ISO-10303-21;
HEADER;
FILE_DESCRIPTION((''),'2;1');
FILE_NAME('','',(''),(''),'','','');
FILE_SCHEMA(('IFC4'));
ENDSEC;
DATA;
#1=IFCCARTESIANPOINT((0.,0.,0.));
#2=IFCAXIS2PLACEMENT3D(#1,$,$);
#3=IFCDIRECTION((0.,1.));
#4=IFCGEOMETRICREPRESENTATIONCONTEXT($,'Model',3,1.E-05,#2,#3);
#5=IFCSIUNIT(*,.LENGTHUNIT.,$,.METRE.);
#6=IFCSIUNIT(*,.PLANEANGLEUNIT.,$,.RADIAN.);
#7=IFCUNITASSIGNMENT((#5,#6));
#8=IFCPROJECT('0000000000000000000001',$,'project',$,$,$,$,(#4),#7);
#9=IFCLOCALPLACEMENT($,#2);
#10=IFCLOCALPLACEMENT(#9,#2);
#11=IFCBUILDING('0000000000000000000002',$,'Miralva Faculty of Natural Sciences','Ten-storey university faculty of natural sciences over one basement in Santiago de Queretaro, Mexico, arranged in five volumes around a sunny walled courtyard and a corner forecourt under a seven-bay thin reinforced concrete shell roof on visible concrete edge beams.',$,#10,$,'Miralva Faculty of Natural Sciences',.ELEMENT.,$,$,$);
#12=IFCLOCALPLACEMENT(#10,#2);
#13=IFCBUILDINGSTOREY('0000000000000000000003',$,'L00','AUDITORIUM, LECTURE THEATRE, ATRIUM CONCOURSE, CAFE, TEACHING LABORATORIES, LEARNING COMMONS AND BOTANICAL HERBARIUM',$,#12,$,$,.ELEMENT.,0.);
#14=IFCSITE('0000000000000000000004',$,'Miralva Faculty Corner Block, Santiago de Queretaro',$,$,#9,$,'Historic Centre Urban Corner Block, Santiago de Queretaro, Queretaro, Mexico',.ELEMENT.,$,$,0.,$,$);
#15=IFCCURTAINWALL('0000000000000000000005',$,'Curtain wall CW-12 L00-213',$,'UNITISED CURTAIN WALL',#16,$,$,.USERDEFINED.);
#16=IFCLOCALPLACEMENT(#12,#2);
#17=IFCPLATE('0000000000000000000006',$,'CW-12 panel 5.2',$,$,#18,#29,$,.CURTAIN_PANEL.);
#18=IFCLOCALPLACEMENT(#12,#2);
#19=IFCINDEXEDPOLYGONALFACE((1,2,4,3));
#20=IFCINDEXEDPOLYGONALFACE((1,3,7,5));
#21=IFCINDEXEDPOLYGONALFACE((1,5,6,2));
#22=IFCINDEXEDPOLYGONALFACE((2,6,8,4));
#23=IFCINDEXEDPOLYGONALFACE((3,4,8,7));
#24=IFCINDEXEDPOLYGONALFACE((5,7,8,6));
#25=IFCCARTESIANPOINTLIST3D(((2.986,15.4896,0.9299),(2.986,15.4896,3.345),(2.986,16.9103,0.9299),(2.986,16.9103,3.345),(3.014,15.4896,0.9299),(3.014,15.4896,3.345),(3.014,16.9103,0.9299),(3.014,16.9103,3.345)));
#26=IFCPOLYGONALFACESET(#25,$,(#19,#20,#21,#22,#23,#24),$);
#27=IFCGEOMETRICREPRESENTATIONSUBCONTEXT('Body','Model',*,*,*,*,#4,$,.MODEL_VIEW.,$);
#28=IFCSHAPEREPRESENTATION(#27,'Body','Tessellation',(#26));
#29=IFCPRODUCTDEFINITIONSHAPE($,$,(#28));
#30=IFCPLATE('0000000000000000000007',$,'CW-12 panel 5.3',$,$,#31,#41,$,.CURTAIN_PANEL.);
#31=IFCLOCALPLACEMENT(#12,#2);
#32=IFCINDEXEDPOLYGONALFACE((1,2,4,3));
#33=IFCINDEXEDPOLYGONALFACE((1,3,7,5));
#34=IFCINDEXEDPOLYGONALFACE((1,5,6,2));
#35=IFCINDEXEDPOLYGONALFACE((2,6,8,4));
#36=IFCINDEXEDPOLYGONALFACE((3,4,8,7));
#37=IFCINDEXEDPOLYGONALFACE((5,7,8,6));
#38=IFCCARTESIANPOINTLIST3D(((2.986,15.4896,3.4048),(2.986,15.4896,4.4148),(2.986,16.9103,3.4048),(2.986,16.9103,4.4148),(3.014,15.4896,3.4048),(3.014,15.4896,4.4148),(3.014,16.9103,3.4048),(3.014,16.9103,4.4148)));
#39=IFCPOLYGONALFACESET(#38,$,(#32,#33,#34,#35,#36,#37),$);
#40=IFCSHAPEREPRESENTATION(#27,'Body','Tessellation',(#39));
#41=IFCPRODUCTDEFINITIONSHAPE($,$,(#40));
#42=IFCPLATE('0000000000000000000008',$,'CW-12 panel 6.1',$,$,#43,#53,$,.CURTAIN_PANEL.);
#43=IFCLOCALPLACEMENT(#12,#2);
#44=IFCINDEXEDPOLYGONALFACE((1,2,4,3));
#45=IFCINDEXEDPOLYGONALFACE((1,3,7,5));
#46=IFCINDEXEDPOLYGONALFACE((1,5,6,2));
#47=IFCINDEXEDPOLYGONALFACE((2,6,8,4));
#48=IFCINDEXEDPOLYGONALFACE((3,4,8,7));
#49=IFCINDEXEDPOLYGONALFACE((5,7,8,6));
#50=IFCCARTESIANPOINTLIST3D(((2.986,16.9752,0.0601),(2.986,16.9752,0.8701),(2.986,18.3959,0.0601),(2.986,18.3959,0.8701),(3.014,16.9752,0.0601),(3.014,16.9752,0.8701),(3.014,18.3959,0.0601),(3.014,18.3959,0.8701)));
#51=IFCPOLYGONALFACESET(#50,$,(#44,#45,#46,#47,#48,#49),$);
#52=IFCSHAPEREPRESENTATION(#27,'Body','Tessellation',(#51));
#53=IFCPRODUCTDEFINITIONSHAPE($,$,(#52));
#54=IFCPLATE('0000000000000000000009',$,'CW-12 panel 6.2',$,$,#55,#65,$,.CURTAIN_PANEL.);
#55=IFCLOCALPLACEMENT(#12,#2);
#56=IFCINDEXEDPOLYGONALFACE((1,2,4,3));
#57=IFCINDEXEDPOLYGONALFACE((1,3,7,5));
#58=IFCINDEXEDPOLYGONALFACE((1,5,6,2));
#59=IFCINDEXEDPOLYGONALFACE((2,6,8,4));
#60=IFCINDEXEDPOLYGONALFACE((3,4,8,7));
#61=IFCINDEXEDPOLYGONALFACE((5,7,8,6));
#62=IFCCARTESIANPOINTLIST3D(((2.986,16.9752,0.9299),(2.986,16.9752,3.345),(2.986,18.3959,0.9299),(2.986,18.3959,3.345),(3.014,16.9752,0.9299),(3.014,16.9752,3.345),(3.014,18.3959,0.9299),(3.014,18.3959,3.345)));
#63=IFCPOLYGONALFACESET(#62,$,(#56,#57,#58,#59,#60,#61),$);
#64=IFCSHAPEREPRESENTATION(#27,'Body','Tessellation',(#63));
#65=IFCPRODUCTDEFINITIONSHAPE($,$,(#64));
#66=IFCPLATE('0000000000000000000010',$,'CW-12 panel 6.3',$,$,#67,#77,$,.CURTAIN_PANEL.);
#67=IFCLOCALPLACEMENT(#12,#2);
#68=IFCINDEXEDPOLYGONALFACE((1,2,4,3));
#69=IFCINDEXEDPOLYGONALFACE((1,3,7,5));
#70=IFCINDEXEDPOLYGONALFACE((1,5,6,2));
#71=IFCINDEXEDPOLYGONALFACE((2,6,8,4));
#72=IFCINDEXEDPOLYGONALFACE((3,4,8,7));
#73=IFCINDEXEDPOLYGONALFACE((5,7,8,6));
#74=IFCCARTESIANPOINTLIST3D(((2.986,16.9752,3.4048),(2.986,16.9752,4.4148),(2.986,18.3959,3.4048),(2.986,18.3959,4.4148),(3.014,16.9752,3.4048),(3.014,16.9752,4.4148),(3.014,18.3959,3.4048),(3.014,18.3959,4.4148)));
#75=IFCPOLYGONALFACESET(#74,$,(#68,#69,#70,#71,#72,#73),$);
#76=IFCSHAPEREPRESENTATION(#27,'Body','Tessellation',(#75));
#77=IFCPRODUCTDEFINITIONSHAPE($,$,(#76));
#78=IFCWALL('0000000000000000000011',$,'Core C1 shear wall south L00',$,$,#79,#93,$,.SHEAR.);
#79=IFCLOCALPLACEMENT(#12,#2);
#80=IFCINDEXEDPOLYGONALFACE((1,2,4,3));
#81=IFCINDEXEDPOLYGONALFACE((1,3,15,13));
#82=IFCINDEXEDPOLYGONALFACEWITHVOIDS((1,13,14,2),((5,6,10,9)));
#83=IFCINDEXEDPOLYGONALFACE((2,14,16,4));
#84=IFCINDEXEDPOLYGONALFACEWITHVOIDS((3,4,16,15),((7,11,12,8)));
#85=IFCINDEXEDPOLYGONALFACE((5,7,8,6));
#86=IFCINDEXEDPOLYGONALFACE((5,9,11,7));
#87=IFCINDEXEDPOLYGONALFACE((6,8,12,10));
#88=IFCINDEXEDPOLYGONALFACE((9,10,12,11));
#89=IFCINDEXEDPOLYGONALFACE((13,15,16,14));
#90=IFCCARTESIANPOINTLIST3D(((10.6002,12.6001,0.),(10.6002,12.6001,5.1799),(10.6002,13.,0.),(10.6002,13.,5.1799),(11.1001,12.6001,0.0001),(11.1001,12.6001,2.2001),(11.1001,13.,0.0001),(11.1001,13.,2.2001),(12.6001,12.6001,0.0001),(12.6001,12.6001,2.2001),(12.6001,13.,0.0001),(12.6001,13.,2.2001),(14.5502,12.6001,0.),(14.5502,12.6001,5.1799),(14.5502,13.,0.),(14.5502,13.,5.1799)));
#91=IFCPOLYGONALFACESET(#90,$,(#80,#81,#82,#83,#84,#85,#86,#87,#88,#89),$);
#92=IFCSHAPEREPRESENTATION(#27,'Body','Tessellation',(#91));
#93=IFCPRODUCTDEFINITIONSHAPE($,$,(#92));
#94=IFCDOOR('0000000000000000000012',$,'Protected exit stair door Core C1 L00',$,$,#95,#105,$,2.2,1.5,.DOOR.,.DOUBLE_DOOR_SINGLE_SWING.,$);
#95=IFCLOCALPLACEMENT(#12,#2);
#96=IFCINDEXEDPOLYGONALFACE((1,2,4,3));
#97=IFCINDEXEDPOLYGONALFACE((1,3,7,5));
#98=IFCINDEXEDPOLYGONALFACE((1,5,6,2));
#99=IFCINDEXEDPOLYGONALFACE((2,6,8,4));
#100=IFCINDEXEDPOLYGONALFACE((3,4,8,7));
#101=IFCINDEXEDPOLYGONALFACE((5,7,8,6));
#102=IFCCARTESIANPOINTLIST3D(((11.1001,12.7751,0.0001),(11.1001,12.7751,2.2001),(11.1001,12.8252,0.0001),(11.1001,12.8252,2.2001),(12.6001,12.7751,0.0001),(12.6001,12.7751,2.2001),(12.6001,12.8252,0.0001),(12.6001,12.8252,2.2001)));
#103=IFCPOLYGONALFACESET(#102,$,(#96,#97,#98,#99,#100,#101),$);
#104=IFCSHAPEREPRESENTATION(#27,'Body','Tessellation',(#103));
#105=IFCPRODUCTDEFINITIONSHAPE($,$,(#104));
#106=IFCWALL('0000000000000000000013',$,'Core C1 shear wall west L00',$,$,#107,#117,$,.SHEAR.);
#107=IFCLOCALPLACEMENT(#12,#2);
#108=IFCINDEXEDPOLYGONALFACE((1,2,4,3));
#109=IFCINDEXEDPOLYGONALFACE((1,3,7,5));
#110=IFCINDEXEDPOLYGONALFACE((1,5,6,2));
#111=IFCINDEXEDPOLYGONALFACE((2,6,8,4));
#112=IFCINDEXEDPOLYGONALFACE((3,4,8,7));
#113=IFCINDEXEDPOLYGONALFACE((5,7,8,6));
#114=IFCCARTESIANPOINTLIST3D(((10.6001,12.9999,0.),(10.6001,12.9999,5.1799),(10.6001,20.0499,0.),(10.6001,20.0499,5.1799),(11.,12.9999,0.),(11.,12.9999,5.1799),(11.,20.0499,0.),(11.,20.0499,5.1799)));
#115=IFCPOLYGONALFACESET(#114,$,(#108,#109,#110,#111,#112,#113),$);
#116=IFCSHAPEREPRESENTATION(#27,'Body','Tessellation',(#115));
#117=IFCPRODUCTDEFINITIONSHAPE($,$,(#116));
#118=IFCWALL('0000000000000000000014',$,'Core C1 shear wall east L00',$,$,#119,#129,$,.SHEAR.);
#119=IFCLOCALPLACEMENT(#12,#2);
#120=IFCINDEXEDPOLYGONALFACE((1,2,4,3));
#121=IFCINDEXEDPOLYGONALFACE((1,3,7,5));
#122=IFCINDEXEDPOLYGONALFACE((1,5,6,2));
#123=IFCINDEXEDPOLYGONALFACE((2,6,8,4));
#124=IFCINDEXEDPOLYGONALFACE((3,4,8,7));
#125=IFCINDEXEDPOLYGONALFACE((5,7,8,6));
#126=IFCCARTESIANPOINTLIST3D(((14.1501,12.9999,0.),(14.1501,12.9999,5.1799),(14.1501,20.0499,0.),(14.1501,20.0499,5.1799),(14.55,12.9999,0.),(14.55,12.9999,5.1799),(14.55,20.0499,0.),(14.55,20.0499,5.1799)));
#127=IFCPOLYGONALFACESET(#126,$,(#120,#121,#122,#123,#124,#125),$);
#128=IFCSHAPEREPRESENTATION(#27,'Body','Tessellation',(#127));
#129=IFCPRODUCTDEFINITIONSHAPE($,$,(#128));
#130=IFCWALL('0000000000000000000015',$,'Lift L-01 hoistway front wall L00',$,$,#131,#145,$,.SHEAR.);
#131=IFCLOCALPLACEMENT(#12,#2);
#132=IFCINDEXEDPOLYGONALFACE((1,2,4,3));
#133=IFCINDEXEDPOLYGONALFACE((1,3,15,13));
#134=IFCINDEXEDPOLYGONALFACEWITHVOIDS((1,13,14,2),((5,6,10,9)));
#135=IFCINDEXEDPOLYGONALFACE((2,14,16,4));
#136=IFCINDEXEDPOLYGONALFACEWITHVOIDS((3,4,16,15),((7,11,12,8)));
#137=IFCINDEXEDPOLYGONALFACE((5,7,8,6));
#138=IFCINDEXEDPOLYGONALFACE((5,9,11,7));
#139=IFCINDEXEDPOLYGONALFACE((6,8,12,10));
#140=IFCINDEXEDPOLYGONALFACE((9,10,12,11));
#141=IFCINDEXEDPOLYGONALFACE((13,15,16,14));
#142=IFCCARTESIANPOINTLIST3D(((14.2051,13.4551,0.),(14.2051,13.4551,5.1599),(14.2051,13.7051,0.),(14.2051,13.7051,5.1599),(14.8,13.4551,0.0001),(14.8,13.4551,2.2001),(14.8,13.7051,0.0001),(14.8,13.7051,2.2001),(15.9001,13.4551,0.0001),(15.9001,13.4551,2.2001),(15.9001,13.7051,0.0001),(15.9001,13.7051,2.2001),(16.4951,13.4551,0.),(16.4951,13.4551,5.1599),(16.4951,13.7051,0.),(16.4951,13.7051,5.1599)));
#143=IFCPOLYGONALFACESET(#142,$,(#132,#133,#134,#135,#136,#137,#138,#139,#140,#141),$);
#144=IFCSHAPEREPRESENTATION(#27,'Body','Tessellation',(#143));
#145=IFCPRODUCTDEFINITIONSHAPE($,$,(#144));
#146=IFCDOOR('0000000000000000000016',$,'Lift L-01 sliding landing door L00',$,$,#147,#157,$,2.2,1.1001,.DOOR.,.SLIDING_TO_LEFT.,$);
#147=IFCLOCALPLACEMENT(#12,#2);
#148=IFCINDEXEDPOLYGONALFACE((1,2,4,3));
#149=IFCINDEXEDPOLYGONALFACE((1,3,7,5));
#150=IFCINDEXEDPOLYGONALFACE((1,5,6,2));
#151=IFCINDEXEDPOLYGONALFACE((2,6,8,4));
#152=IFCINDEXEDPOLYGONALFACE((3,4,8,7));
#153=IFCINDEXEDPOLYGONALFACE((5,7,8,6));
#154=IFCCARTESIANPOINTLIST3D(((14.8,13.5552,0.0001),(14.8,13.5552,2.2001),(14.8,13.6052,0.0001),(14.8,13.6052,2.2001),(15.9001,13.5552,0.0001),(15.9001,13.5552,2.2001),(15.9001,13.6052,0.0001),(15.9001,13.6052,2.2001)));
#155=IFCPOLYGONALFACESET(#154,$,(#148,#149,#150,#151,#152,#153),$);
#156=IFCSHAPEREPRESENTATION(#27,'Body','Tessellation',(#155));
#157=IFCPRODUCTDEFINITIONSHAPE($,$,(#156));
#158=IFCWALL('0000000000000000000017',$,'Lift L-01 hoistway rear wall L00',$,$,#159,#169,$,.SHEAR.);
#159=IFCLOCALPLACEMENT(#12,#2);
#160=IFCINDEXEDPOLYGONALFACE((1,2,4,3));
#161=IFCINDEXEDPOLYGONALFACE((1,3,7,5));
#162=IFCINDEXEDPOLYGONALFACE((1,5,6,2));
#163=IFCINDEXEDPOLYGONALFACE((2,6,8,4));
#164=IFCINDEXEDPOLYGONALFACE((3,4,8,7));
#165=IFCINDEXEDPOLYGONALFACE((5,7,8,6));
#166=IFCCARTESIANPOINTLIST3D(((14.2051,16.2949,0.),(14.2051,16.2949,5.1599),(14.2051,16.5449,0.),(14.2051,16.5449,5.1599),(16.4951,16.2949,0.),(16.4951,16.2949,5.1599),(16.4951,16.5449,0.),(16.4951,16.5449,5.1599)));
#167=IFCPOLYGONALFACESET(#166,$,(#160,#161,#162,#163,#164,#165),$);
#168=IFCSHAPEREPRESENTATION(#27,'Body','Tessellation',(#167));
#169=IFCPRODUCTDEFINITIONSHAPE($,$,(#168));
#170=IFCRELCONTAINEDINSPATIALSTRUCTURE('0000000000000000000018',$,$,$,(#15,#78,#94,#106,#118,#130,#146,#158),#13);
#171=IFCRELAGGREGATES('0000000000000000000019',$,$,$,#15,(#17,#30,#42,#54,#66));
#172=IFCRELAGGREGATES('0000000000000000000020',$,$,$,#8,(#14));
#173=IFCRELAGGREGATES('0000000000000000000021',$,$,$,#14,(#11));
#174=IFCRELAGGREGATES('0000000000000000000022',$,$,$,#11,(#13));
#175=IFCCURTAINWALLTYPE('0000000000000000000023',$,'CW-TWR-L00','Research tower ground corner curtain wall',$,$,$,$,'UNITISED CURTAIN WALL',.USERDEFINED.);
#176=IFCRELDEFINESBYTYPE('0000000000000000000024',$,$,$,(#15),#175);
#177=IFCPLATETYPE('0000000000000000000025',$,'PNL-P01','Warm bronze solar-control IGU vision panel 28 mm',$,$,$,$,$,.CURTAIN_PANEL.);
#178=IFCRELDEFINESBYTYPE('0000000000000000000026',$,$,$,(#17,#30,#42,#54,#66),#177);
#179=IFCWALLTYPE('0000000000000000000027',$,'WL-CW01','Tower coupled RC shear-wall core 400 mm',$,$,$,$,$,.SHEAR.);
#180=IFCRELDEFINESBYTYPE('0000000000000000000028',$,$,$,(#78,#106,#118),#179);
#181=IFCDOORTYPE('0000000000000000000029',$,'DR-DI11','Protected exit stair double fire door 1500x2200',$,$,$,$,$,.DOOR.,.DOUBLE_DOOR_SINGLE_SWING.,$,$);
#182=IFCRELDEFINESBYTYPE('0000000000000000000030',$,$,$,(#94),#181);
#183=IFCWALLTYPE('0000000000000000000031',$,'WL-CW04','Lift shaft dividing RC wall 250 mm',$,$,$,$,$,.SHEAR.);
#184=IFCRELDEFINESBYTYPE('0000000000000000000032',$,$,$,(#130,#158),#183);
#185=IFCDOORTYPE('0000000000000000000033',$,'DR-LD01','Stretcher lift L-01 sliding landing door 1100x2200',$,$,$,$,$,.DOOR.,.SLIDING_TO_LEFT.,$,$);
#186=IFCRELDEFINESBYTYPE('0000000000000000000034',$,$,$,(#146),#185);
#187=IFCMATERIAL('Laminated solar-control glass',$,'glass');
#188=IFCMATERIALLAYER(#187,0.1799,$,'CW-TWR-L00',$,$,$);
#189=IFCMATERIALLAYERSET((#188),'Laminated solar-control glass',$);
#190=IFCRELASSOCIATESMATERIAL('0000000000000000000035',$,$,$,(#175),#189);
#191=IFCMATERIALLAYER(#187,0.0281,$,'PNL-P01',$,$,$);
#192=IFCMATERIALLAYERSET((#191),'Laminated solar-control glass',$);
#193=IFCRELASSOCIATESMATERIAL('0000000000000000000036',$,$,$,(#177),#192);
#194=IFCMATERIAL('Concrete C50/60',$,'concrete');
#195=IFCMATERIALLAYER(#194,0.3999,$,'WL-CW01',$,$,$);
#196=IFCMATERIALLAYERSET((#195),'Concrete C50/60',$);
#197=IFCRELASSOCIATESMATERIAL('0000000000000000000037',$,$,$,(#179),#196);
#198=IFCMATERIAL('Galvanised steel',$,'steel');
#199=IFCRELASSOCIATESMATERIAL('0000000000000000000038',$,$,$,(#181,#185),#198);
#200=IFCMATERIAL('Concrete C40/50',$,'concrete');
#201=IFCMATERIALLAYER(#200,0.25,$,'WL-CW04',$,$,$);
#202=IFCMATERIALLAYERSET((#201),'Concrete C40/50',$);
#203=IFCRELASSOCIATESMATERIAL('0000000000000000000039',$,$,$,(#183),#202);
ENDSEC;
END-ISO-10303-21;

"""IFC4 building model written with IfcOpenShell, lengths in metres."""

from ifc_helpers import new_model, si_unit, direction, frame, frame_2d, origin, origin_2d, place, context, subcontext, project, spatial, rectangle, extrude, material, layer, layer_set, type_object, element, fill, aggregate, save


model = new_model("IFC4")

# Units and contexts
model_context = context("Model", 3, precision=1e-05, world=origin(), true_north=direction((0.0, 1.0)))
body_context = subcontext(model_context, "Body", "Model", "MODEL_VIEW")
ifc_project = project(units=[si_unit("LENGTHUNIT", "METRE"), si_unit("PLANEANGLEUNIT", "RADIAN")], contexts=[model_context])

# Site, building, storey
site_placement = place(None, origin())
site = spatial("IfcSite", under=ifc_project, at=site_placement, Name="Miralva Faculty Corner Block, Santiago de Queretaro", LongName="Historic Centre Urban Corner Block, Santiago de Queretaro, Queretaro, Mexico", CompositionType="ELEMENT", RefElevation=0.0)
building_placement = place(site_placement, origin())
building = spatial("IfcBuilding", under=site, at=building_placement, Name="Miralva Faculty of Natural Sciences", Description="Ten-storey university faculty of natural sciences over one basement in Santiago de Queretaro, Mexico, arranged in five volumes around a sunny walled courtyard and a corner forecourt under a seven-bay thin reinforced concrete shell roof on visible concrete edge beams.", LongName="Miralva Faculty of Natural Sciences", CompositionType="ELEMENT")
storey_placement = place(building_placement, origin())
storey = spatial("IfcBuildingStorey", under=building, at=storey_placement, Name="L00", Description="AUDITORIUM, LECTURE THEATRE, ATRIUM CONCOURSE, CAFE, TEACHING LABORATORIES, LEARNING COMMONS AND BOTANICAL HERBARIUM", CompositionType="ELEMENT", Elevation=0.0)

# Curtain wall, plates
ifc_material_1 = material(Name="Laminated solar-control glass", Category="glass")
ifc_layer_1 = layer(ifc_material_1, 0.1799, Name="CW-TWR-L00")
ifc_layer_set_1 = layer_set([ifc_layer_1], Name="Laminated solar-control glass")
curtain_wall_type = type_object("IfcCurtainWallType", Name="CW-TWR-L00", Description="Research tower ground corner curtain wall", ElementType="UNITISED CURTAIN WALL", PredefinedType="USERDEFINED", material=ifc_layer_set_1)
curtain_wall_placement = place(storey_placement, origin())
curtain_wall = element("IfcCurtainWall", 1, at=curtain_wall_placement, inside=storey, type_object=curtain_wall_type, Name="Curtain wall CW-12 L00-213", ObjectType="UNITISED CURTAIN WALL", PredefinedType="USERDEFINED")
ifc_layer_2 = layer(ifc_material_1, 0.0281, Name="PNL-P01")
ifc_layer_set_2 = layer_set([ifc_layer_2], Name="Laminated solar-control glass")
plate_type = type_object("IfcPlateType", Name="PNL-P01", Description="Warm bronze solar-control IGU vision panel 28 mm", PredefinedType="CURTAIN_PANEL", material=ifc_layer_set_2)
plate_1_placement = place(storey_placement, frame((3.0, 16.2, 0.9299), z_axis=(0.0, 0.0, 1.0), x_axis=(0.0, 1.0, 0.0)))
plate_1 = element("IfcPlate", 2, at=plate_1_placement, type_object=plate_type, Name="CW-12 panel 5.2", PredefinedType="CURTAIN_PANEL", context=body_context, shape_type="SweptSolid", body=[
    extrude(rectangle(XDim=1.4207, YDim=0.0281, at=origin_2d()), origin(), (0.0, 0.0, 1.0), 2.415),
])
plate_2_placement = place(storey_placement, frame((3.0, 16.2, 3.4048), z_axis=(0.0, 0.0, 1.0), x_axis=(0.0, 1.0, 0.0)))
plate_2 = element("IfcPlate", 3, at=plate_2_placement, type_object=plate_type, Name="CW-12 panel 5.3", PredefinedType="CURTAIN_PANEL", context=body_context, shape_type="SweptSolid", body=[
    extrude(rectangle(XDim=1.4207, YDim=0.0281, at=origin_2d()), origin(), (0.0, 0.0, 1.0), 1.01),
])
plate_3_placement = place(storey_placement, frame((3.0, 17.6855, 0.0601), z_axis=(0.0, 0.0, 1.0), x_axis=(0.0, 1.0, 0.0)))
plate_3 = element("IfcPlate", 4, at=plate_3_placement, type_object=plate_type, Name="CW-12 panel 6.1", PredefinedType="CURTAIN_PANEL", context=body_context, shape_type="SweptSolid", body=[
    extrude(rectangle(XDim=1.4207, YDim=0.0281, at=origin_2d()), origin(), (0.0, 0.0, 1.0), 0.8101),
])
plate_4_placement = place(storey_placement, frame((3.0, 17.6855, 0.9299), z_axis=(0.0, 0.0, 1.0), x_axis=(0.0, 1.0, 0.0)))
plate_4 = element("IfcPlate", 5, at=plate_4_placement, type_object=plate_type, Name="CW-12 panel 6.2", PredefinedType="CURTAIN_PANEL", context=body_context, shape_type="SweptSolid", body=[
    extrude(rectangle(XDim=1.4207, YDim=0.0281, at=origin_2d()), origin(), (0.0, 0.0, 1.0), 2.415),
])
plate_5_placement = place(storey_placement, frame((3.0, 17.6855, 3.4048), z_axis=(0.0, 0.0, 1.0), x_axis=(0.0, 1.0, 0.0)))
plate_5 = element("IfcPlate", 6, at=plate_5_placement, type_object=plate_type, Name="CW-12 panel 6.3", PredefinedType="CURTAIN_PANEL", context=body_context, shape_type="SweptSolid", body=[
    extrude(rectangle(XDim=1.4207, YDim=0.0281, at=origin_2d()), origin(), (0.0, 0.0, 1.0), 1.01),
])
aggregate(curtain_wall, [plate_1, plate_2, plate_3, plate_4, plate_5])

# Wall, opening, door
ifc_material_2 = material(Name="Concrete C50/60", Category="concrete")
ifc_layer_3 = layer(ifc_material_2, 0.3999, Name="WL-CW01")
ifc_layer_set_3 = layer_set([ifc_layer_3], Name="Concrete C50/60")
wall_type_1 = type_object("IfcWallType", Name="WL-CW01", Description="Tower coupled RC shear-wall core 400 mm", PredefinedType="SHEAR", material=ifc_layer_set_3)
wall_1_placement = place(storey_placement, frame((10.6001, 12.8, 0.0), z_axis=(0.0, 0.0, 1.0), x_axis=(1.0, 0.0, 0.0)))
wall_1 = element("IfcWall", 7, at=wall_1_placement, inside=storey, type_object=wall_type_1, Name="Core C1 shear wall south L00", PredefinedType="SHEAR", context=body_context, shape_type="SweptSolid", body=[
    extrude(rectangle(XDim=3.95, YDim=0.3999, at=frame_2d((1.9751, 0.0))), origin(), (0.0, 0.0, 1.0), 5.1799),
])
opening_1_placement = place(wall_1_placement, frame((0.5, 0.0, 0.0)))
opening_1 = element("IfcOpeningElement", 8, at=opening_1_placement, cuts=wall_1, PredefinedType="OPENING", context=body_context, shape_type="SweptSolid", body=[
    extrude(rectangle(XDim=1.5, YDim=2.2, at=frame_2d((0.75, 1.1001))), frame((0.0, 0.21, 0.0), z_axis=(0.0, -1.0, 0.0), x_axis=(1.0, 0.0, 0.0)), (0.0, 0.0, 1.0), 0.4199),
])
ifc_material_3 = material(Name="Galvanised steel", Category="steel")
door_type_1 = type_object("IfcDoorType", Name="DR-DI11", Description="Protected exit stair double fire door 1500x2200", OperationType="DOUBLE_DOOR_SINGLE_SWING", PredefinedType="DOOR", material=ifc_material_3)
door_1_placement = place(opening_1_placement, frame((1.5, 0.0, 0.0), z_axis=(0.0, 0.0, 1.0), x_axis=(-1.0, 0.0, 0.0)))
door_1 = element("IfcDoor", 9, at=door_1_placement, inside=storey, type_object=door_type_1, Name="Protected exit stair door Core C1 L00", OperationType="DOUBLE_DOOR_SINGLE_SWING", OverallHeight=2.2, OverallWidth=1.5, PredefinedType="DOOR", context=body_context, shape_type="SweptSolid", body=[
    extrude(rectangle(XDim=1.5, YDim=2.2, at=frame_2d((0.75, 1.1001))), frame((0.0, 0.0249, 0.0), z_axis=(0.0, -1.0, 0.0), x_axis=(1.0, 0.0, 0.0)), (0.0, 0.0, 1.0), 0.05),
])
fill(opening_1, door_1)

# Walls
for number, where, z_axis, x_axis, name in (
    (10, (10.8, 13.0, 0.0), (0.0, 0.0, 1.0), (0.0, 1.0, 0.0), "Core C1 shear wall west L00"),
    (11, (14.3501, 13.0, 0.0), (0.0, 0.0, 1.0), (0.0, 1.0, 0.0), "Core C1 shear wall east L00"),
):
    element("IfcWall", number, at=place(storey_placement, frame(where, z_axis=z_axis, x_axis=x_axis)), inside=storey, type_object=wall_type_1, Name=name, PredefinedType="SHEAR", context=body_context, shape_type="SweptSolid", body=[
        extrude(rectangle(XDim=7.05, YDim=0.3999, at=frame_2d((3.5249, 0.0))), origin(), (0.0, 0.0, 1.0), 5.1799),
    ])

# Wall, opening, door
ifc_material_4 = material(Name="Concrete C40/50", Category="concrete")
ifc_layer_4 = layer(ifc_material_4, 0.25, Name="WL-CW04")
ifc_layer_set_4 = layer_set([ifc_layer_4], Name="Concrete C40/50")
wall_type_2 = type_object("IfcWallType", Name="WL-CW04", Description="Lift shaft dividing RC wall 250 mm", PredefinedType="SHEAR", material=ifc_layer_set_4)
wall_2_placement = place(storey_placement, frame((14.2051, 13.5801, 0.0), z_axis=(0.0, 0.0, 1.0), x_axis=(1.0, 0.0, 0.0)))
wall_2 = element("IfcWall", 12, at=wall_2_placement, inside=storey, type_object=wall_type_2, Name="Lift L-01 hoistway front wall L00", PredefinedType="SHEAR", context=body_context, shape_type="SweptSolid", body=[
    extrude(rectangle(XDim=2.29, YDim=0.25, at=frame_2d((1.145, 0.0))), origin(), (0.0, 0.0, 1.0), 5.1599),
])
opening_2_placement = place(wall_2_placement, frame((0.595, 0.0, 0.0)))
opening_2 = element("IfcOpeningElement", 13, at=opening_2_placement, cuts=wall_2, PredefinedType="OPENING", context=body_context, shape_type="SweptSolid", body=[
    extrude(rectangle(XDim=1.1001, YDim=2.2, at=frame_2d((0.55, 1.1001))), frame((0.0, 0.135, 0.0), z_axis=(0.0, -1.0, 0.0), x_axis=(1.0, 0.0, 0.0)), (0.0, 0.0, 1.0), 0.27),
])
door_type_2 = type_object("IfcDoorType", Name="DR-LD01", Description="Stretcher lift L-01 sliding landing door 1100x2200", OperationType="SLIDING_TO_LEFT", PredefinedType="DOOR", material=ifc_material_3)
door_2_placement = place(opening_2_placement, frame((1.1001, 0.0, 0.0), z_axis=(0.0, 0.0, 1.0), x_axis=(-1.0, 0.0, 0.0)))
door_2 = element("IfcDoor", 14, at=door_2_placement, inside=storey, type_object=door_type_2, Name="Lift L-01 sliding landing door L00", OperationType="SLIDING_TO_LEFT", OverallHeight=2.2, OverallWidth=1.1001, PredefinedType="DOOR", context=body_context, shape_type="SweptSolid", body=[
    extrude(rectangle(XDim=1.1001, YDim=2.2, at=frame_2d((0.55, 1.1001))), frame((0.0, 0.0249, 0.0), z_axis=(0.0, -1.0, 0.0), x_axis=(1.0, 0.0, 0.0)), (0.0, 0.0, 1.0), 0.05),
])
fill(opening_2, door_2)

# Wall
wall_3_placement = place(storey_placement, frame((14.2051, 16.4199, 0.0), z_axis=(0.0, 0.0, 1.0), x_axis=(1.0, 0.0, 0.0)))
element("IfcWall", 15, at=wall_3_placement, inside=storey, type_object=wall_type_2, Name="Lift L-01 hoistway rear wall L00", PredefinedType="SHEAR", context=body_context, shape_type="SweptSolid", body=[
    extrude(rectangle(XDim=2.29, YDim=0.25, at=frame_2d((1.145, 0.0))), origin(), (0.0, 0.0, 1.0), 5.1599),
])

save(model, "model.ifc")
